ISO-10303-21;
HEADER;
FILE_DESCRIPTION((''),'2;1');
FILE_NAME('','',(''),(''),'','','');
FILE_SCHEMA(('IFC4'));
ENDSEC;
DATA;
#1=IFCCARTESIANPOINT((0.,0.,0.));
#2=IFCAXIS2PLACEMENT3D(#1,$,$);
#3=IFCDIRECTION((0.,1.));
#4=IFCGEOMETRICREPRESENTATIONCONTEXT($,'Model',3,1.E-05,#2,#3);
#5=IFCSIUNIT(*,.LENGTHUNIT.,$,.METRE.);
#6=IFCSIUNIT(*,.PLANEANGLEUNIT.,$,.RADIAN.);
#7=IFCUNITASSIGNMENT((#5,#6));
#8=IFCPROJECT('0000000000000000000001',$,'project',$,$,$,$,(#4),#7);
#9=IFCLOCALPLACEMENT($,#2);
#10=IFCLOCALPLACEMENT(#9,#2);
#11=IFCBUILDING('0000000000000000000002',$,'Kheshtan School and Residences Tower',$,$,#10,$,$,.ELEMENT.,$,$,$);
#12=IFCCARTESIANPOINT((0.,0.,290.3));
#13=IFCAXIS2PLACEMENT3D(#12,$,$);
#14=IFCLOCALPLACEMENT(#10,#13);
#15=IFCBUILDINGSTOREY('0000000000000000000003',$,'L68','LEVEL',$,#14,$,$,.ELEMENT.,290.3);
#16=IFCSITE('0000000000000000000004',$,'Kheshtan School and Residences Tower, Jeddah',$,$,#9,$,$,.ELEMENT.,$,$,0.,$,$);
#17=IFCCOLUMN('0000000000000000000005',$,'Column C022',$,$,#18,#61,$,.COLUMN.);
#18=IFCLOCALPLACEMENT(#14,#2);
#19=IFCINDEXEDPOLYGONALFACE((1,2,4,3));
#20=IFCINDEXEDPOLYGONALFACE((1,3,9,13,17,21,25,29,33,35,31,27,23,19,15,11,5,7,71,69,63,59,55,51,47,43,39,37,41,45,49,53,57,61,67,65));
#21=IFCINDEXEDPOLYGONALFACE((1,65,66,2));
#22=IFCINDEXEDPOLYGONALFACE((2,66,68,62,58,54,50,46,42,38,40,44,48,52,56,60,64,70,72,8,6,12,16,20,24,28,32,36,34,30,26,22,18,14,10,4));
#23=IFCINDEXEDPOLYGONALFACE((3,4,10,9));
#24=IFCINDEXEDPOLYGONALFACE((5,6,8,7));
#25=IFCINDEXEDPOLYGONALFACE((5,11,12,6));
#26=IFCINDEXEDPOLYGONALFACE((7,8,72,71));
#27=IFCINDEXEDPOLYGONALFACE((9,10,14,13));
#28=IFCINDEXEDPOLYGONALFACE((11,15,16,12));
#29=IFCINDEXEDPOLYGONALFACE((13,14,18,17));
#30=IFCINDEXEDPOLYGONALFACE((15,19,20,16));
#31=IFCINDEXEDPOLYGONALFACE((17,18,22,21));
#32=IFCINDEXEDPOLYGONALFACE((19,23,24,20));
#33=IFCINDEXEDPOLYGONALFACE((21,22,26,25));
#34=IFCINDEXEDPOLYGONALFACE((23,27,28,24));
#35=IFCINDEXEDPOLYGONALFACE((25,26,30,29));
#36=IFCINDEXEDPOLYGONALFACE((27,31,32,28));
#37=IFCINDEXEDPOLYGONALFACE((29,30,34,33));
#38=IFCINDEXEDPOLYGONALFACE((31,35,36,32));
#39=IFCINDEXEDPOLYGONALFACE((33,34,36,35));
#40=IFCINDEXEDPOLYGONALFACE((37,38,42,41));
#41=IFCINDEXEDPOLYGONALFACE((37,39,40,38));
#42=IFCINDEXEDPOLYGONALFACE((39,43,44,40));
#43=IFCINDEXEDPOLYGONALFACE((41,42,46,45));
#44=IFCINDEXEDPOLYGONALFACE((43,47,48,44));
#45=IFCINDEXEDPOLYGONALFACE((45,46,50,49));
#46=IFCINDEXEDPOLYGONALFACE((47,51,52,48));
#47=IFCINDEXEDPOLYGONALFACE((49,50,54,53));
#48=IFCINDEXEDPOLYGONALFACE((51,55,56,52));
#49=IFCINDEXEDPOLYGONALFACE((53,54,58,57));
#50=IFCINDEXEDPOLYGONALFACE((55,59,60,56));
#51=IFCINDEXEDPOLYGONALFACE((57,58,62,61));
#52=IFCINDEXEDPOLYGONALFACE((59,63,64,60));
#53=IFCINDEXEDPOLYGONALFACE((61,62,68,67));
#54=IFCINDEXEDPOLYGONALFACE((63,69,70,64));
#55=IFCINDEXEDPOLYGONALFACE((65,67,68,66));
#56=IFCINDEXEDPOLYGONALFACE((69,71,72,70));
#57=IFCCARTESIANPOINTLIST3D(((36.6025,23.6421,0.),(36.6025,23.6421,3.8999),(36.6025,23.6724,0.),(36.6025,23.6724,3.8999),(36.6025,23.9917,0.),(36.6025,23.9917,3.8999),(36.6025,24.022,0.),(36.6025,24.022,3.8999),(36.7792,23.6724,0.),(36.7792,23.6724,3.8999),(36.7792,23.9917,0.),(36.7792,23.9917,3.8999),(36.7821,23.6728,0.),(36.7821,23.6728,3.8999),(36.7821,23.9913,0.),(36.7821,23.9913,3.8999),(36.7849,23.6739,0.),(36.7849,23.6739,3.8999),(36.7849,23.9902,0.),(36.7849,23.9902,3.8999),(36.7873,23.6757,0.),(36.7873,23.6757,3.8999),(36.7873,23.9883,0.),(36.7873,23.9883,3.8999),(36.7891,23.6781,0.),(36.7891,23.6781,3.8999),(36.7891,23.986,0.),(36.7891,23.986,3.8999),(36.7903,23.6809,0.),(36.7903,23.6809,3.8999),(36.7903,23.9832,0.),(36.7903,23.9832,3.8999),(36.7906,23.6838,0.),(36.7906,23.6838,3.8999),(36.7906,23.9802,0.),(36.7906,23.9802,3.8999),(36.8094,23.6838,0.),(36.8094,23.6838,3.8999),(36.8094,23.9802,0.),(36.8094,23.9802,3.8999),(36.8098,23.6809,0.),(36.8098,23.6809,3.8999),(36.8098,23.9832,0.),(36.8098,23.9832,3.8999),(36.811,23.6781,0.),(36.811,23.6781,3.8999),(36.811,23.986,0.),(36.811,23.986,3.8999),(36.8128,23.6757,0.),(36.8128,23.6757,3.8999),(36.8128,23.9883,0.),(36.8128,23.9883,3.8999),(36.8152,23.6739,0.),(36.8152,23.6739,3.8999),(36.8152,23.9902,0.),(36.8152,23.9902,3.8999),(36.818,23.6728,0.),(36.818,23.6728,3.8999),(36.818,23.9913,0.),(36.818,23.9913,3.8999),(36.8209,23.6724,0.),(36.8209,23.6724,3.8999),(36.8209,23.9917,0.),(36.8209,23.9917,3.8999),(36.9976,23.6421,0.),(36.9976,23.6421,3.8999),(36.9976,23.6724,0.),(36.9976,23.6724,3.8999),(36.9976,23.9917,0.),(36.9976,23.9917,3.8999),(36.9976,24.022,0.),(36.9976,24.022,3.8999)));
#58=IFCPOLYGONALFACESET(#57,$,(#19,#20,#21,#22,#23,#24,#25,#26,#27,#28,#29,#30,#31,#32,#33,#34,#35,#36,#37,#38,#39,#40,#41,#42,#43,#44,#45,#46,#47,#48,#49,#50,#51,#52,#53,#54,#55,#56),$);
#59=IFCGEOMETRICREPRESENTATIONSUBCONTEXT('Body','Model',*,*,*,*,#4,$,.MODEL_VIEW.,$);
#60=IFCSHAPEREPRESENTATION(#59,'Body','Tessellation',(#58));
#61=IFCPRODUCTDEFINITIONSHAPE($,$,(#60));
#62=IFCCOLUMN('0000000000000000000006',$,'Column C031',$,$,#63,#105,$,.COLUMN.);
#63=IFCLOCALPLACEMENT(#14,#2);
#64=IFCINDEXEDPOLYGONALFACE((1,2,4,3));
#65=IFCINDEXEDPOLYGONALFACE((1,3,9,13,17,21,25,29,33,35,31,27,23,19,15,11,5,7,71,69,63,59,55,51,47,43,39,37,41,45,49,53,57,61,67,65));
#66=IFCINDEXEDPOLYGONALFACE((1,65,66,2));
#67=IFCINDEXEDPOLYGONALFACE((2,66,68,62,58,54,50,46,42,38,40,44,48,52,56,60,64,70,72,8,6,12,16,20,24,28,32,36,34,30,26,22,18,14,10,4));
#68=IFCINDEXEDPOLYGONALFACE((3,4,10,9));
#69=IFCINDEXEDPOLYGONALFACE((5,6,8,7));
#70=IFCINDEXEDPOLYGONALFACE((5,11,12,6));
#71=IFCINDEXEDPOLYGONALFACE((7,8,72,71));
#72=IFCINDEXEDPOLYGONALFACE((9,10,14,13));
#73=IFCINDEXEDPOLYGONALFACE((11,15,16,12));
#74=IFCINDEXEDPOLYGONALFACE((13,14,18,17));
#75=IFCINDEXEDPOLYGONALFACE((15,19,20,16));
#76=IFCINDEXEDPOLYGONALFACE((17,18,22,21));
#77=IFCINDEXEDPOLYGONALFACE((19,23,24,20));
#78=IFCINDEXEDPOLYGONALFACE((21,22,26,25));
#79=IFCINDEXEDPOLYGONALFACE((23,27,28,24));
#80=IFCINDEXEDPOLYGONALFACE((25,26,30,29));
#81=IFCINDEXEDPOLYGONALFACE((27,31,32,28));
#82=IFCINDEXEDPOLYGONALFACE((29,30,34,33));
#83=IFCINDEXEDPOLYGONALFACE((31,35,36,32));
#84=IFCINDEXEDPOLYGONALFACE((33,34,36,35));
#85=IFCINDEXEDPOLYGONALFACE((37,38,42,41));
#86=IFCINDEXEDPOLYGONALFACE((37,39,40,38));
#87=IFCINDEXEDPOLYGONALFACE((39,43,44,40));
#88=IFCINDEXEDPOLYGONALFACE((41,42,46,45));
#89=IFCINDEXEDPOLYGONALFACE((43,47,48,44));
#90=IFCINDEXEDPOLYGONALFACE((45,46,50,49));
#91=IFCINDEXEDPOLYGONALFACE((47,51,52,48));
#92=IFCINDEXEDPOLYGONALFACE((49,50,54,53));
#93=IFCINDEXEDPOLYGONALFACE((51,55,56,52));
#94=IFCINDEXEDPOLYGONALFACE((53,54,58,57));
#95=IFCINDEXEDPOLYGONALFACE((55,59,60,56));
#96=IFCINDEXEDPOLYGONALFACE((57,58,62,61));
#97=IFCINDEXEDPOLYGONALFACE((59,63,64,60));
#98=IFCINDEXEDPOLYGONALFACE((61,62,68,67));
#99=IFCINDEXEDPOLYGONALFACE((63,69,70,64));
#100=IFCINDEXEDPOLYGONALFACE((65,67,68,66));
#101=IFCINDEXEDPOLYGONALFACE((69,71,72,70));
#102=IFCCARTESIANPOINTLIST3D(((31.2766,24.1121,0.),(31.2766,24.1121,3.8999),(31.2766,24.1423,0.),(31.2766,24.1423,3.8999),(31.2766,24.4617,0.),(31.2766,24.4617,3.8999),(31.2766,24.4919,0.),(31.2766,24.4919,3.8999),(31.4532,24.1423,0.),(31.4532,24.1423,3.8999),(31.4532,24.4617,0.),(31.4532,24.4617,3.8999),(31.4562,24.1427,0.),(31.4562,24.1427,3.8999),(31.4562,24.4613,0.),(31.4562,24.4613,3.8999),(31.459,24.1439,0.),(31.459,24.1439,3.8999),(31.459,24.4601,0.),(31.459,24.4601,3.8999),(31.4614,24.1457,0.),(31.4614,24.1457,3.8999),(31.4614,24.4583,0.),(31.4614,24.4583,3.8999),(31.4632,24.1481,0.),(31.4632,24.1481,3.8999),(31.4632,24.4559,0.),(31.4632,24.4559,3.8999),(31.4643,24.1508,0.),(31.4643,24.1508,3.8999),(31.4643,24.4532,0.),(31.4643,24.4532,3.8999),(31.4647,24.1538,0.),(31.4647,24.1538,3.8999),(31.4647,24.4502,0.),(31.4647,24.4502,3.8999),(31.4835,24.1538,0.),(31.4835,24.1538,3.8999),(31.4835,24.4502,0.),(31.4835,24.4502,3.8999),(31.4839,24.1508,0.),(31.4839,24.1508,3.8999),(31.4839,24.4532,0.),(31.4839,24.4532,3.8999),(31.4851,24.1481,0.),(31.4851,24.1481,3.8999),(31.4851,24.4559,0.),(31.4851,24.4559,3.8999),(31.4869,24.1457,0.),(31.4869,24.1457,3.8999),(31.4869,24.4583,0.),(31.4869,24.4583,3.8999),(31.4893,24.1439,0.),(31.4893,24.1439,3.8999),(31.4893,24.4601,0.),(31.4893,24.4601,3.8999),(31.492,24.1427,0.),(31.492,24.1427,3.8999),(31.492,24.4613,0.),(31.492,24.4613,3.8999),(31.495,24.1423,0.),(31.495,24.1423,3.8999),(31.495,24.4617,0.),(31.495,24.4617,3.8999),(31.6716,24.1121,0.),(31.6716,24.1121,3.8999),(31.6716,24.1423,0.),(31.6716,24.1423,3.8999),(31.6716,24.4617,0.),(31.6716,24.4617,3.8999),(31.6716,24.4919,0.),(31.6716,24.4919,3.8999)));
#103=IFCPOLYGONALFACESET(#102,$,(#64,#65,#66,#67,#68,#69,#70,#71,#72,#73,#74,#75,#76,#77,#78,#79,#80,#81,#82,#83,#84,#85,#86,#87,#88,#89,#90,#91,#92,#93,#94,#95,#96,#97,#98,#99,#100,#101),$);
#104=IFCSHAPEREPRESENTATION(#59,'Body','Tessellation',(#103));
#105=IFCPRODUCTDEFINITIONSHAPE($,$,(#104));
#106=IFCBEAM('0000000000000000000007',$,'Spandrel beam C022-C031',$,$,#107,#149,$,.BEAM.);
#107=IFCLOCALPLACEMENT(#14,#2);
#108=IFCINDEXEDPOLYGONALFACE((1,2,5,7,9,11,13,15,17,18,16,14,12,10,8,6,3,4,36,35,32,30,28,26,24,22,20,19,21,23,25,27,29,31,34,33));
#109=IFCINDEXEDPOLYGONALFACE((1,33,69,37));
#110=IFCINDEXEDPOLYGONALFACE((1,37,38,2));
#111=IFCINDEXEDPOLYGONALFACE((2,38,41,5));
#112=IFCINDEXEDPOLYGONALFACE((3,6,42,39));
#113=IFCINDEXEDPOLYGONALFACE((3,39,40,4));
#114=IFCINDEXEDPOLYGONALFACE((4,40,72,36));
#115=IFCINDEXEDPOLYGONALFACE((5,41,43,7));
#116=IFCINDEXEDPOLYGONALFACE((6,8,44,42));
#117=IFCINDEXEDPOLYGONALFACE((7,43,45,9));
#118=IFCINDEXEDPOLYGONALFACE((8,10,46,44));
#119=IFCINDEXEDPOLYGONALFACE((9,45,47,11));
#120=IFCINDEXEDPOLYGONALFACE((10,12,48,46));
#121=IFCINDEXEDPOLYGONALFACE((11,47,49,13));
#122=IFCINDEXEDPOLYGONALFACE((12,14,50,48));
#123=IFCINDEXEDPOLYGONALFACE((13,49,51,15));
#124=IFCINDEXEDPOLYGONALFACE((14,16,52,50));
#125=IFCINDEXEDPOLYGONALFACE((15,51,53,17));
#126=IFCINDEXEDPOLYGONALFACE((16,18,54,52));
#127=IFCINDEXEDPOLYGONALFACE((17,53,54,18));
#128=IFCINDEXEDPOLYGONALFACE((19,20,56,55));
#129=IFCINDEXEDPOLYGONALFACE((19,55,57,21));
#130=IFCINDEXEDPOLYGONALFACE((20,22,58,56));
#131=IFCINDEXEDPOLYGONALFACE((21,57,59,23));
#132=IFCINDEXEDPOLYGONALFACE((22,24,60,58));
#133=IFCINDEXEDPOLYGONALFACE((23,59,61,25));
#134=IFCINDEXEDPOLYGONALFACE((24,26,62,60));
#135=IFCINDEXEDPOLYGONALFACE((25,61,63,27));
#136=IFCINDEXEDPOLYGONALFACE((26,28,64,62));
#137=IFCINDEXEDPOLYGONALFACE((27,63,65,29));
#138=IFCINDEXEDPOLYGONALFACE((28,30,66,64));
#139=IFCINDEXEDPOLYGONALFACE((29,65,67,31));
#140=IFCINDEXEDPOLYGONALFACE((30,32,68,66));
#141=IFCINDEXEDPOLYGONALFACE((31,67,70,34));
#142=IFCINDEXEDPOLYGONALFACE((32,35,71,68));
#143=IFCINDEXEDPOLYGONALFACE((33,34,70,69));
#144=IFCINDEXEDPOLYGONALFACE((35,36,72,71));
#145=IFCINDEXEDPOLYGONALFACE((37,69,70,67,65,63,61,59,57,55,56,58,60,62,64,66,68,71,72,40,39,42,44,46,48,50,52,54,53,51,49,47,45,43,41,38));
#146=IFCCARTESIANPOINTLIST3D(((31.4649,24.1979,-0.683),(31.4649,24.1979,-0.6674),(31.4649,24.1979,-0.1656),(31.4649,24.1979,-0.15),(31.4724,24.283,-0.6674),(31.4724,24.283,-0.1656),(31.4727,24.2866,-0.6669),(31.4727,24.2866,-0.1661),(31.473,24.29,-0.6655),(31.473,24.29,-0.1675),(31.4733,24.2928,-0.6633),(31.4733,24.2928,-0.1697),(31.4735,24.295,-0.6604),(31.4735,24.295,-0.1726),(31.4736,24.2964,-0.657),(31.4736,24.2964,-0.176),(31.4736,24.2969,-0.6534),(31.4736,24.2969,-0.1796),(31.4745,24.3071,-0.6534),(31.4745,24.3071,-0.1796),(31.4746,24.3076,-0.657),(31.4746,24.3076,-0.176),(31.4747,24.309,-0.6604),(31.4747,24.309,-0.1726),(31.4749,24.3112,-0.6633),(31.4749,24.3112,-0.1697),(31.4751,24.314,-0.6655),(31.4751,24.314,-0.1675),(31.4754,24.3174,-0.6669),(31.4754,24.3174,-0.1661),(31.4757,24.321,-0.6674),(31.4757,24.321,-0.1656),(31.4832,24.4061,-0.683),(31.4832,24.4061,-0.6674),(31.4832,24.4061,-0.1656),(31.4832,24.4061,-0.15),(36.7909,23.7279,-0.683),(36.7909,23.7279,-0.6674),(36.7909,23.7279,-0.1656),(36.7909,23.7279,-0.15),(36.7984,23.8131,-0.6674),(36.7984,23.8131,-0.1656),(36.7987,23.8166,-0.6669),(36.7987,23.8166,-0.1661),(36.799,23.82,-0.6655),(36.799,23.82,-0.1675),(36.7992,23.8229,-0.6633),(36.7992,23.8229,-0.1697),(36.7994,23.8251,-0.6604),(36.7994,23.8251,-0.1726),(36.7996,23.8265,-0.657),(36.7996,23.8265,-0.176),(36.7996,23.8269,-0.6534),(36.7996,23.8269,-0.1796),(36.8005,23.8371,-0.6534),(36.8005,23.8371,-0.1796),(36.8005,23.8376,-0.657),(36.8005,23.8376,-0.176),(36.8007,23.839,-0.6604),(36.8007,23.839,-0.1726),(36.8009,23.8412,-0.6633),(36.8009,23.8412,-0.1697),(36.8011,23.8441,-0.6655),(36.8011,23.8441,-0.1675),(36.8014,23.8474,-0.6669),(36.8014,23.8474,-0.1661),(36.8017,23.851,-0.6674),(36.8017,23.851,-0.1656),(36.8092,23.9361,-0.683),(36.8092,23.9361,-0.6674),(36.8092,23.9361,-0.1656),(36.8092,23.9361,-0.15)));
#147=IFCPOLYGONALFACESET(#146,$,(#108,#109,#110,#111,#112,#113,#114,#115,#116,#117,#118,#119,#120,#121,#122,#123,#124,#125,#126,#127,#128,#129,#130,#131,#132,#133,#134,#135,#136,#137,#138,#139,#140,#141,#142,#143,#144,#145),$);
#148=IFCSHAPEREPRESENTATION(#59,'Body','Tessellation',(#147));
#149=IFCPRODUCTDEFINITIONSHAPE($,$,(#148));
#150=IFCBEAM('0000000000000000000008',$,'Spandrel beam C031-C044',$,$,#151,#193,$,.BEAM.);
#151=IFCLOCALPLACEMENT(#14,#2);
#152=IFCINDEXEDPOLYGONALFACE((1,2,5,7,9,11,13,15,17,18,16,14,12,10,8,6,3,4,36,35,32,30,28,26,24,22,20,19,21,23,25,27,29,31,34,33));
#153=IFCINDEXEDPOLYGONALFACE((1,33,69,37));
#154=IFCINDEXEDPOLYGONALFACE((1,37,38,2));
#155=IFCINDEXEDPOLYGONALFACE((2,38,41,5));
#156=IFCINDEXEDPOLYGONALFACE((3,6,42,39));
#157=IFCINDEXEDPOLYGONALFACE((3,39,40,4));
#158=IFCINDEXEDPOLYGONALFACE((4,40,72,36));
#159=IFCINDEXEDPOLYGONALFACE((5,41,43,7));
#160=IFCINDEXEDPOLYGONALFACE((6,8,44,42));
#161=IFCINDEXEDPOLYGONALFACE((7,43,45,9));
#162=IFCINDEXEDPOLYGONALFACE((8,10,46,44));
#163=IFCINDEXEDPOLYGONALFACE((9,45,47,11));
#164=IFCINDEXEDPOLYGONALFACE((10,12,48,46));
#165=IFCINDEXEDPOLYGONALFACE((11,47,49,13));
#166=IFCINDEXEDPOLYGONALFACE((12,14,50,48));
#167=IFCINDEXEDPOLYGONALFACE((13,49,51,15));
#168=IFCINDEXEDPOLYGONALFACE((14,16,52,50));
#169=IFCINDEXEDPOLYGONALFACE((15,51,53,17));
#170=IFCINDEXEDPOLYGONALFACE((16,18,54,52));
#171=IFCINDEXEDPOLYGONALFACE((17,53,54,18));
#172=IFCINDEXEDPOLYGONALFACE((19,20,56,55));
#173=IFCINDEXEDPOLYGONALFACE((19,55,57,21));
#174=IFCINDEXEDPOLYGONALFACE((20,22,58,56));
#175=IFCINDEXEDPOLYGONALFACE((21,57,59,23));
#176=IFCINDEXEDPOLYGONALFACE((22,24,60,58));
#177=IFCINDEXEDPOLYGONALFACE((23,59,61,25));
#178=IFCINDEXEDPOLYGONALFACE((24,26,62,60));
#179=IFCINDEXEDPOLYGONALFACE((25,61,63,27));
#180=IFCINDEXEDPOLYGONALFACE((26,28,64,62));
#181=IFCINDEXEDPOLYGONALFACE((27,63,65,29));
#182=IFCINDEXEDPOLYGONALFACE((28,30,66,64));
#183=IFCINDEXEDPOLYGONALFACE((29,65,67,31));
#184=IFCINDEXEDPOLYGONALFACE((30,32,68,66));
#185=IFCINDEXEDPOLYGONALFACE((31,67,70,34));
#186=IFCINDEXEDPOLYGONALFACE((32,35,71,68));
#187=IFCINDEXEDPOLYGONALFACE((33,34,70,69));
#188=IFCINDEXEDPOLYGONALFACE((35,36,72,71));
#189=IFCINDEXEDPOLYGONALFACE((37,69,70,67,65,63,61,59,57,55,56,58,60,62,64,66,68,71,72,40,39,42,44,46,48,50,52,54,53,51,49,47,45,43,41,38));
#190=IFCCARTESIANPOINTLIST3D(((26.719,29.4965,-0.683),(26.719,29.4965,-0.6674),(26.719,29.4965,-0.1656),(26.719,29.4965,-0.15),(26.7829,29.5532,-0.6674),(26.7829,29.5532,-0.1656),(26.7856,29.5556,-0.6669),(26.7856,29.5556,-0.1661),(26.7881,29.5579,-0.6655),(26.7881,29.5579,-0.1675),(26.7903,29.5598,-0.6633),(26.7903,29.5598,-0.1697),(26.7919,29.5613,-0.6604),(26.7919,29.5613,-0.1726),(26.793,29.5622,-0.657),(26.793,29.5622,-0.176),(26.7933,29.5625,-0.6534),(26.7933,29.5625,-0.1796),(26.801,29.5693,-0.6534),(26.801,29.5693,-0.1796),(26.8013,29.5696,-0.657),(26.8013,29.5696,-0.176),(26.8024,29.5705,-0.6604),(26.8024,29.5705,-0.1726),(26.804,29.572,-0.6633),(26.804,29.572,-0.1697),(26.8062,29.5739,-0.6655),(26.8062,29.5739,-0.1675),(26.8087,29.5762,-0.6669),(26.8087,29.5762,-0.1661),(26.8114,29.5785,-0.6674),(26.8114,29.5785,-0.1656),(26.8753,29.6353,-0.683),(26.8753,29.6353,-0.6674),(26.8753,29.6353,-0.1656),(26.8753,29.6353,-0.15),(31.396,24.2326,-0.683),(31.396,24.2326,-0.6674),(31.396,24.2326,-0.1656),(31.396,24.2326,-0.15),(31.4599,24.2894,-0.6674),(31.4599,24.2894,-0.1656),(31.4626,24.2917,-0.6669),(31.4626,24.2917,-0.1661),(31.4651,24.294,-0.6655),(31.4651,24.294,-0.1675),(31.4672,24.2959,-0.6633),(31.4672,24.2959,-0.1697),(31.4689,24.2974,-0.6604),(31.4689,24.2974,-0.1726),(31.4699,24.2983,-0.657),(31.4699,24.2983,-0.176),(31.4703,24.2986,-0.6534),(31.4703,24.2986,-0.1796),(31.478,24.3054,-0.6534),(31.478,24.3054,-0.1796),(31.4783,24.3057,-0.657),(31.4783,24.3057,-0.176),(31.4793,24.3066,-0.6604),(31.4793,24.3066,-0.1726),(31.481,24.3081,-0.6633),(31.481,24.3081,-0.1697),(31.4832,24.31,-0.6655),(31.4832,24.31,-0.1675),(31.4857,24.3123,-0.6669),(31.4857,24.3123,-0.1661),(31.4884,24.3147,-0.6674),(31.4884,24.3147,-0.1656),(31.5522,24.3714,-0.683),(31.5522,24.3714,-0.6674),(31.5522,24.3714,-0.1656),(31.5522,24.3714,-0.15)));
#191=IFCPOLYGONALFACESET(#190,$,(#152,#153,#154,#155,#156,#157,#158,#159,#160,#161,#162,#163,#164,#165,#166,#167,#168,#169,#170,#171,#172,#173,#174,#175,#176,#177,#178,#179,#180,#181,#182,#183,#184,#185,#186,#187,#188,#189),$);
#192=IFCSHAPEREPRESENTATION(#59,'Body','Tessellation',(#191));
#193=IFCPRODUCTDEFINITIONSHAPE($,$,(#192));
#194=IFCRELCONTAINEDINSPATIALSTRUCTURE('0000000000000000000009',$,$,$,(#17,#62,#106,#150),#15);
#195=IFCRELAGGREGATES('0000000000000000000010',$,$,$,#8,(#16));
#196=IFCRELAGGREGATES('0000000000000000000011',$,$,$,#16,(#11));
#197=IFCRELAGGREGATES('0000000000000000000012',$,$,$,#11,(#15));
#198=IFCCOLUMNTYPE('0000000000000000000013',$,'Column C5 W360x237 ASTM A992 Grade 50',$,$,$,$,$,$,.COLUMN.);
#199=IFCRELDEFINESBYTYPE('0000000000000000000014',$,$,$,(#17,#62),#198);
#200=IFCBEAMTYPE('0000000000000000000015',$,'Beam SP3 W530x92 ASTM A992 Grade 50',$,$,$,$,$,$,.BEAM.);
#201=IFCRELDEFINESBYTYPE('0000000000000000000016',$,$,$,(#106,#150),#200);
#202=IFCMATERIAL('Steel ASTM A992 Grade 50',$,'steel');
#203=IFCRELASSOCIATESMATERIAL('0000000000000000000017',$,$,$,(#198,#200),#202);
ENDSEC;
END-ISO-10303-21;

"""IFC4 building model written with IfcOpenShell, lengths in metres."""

from ifc_helpers import new_model, si_unit, direction, frame, origin, origin_2d, place, context, subcontext, project, spatial, i_section, extrude, material, material_profile, profile_set, type_object, element, save


model = new_model("IFC4")

# Units and contexts
model_context = context("Model", 3, precision=1e-05, world=origin(), true_north=direction((0.0, 1.0)))
body_context = subcontext(model_context, "Body", "Model", "MODEL_VIEW")
ifc_project = project(units=[si_unit("LENGTHUNIT", "METRE"), si_unit("PLANEANGLEUNIT", "RADIAN")], contexts=[model_context])

# Site, building, storey
site_placement = place(None, origin())
site = spatial("IfcSite", under=ifc_project, at=site_placement, Name="Kheshtan School and Residences Tower, Jeddah", CompositionType="ELEMENT", RefElevation=0.0)
building_placement = place(site_placement, origin())
building = spatial("IfcBuilding", under=site, at=building_placement, Name="Kheshtan School and Residences Tower", CompositionType="ELEMENT")
storey_placement = place(building_placement, frame((0.0, 0.0, 290.3)))
storey = spatial("IfcBuildingStorey", under=building, at=storey_placement, Name="L68", Description="LEVEL", CompositionType="ELEMENT", Elevation=290.3)

# Columns
ifc_material_1 = material(Name="Steel ASTM A992 Grade 50", Category="steel")
ifc_material_profile_1 = material_profile(ifc_material_1, i_section(OverallWidth=0.395, OverallDepth=0.3799, WebThickness=0.0188, FlangeThickness=0.0303, FilletRadius=0.0115, at=origin_2d()), Name="W360x237")
ifc_profile_set_1 = profile_set([ifc_material_profile_1], Name="Steel ASTM A992 Grade 50")
column_type = type_object("IfcColumnType", Name="Column C5 W360x237 ASTM A992 Grade 50", PredefinedType="COLUMN", material=ifc_profile_set_1)
for number, where, z_axis, x_axis, name in (
    (1, (36.8, 23.832, 0.0), (0.0, 0.0, 1.0), (1.0, 0.0, 0.0), "Column C022"),
    (2, (31.4741, 24.302, 0.0), (0.0, 0.0, 1.0), (1.0, 0.0, 0.0), "Column C031"),
):
    element("IfcColumn", number, at=place(storey_placement, frame(where, z_axis=z_axis, x_axis=x_axis)), inside=storey, type_object=column_type, Name=name, PredefinedType="COLUMN", context=body_context, shape_type="SweptSolid", body=[
        extrude(i_section(OverallWidth=0.395, OverallDepth=0.3799, WebThickness=0.0188, FlangeThickness=0.0303, FilletRadius=0.0115, at=origin_2d()), origin(), (0.0, 0.0, 1.0), 3.8999),
    ])

# Beams
ifc_material_profile_2 = material_profile(ifc_material_1, i_section(OverallWidth=0.209, OverallDepth=0.533, WebThickness=0.0103, FlangeThickness=0.0156, FilletRadius=0.0139, at=origin_2d()), Name="W530x92")
ifc_profile_set_2 = profile_set([ifc_material_profile_2], Name="Steel ASTM A992 Grade 50")
beam_type = type_object("IfcBeamType", Name="Beam SP3 W530x92 ASTM A992 Grade 50", PredefinedType="BEAM", material=ifc_profile_set_2)
beam_1_placement = place(storey_placement, frame((36.8, 23.832, -0.4165), z_axis=(-0.996129, 0.0879, 0.0), x_axis=(-0.0879, -0.996129, 0.0)))
element("IfcBeam", 3, at=beam_1_placement, inside=storey, type_object=beam_type, Name="Spandrel beam C022-C031", PredefinedType="BEAM", context=body_context, shape_type="SweptSolid", body=[
    extrude(i_section(OverallWidth=0.209, OverallDepth=0.533, WebThickness=0.0103, FlangeThickness=0.0156, FilletRadius=0.0139, at=origin_2d()), origin(), (0.0, 0.0, 1.0), 5.3467),
])
beam_2_placement = place(storey_placement, frame((31.4741, 24.302, -0.4165), z_axis=(-0.664202, 0.747553, 0.0), x_axis=(-0.747553, -0.664202, 0.0)))
element("IfcBeam", 4, at=beam_2_placement, inside=storey, type_object=beam_type, Name="Spandrel beam C031-C044", PredefinedType="BEAM", context=body_context, shape_type="SweptSolid", body=[
    extrude(i_section(OverallWidth=0.209, OverallDepth=0.533, WebThickness=0.0103, FlangeThickness=0.0156, FilletRadius=0.0139, at=origin_2d()), origin(), (0.0, 0.0, 1.0), 7.0415),
])

save(model, "model.ifc")
